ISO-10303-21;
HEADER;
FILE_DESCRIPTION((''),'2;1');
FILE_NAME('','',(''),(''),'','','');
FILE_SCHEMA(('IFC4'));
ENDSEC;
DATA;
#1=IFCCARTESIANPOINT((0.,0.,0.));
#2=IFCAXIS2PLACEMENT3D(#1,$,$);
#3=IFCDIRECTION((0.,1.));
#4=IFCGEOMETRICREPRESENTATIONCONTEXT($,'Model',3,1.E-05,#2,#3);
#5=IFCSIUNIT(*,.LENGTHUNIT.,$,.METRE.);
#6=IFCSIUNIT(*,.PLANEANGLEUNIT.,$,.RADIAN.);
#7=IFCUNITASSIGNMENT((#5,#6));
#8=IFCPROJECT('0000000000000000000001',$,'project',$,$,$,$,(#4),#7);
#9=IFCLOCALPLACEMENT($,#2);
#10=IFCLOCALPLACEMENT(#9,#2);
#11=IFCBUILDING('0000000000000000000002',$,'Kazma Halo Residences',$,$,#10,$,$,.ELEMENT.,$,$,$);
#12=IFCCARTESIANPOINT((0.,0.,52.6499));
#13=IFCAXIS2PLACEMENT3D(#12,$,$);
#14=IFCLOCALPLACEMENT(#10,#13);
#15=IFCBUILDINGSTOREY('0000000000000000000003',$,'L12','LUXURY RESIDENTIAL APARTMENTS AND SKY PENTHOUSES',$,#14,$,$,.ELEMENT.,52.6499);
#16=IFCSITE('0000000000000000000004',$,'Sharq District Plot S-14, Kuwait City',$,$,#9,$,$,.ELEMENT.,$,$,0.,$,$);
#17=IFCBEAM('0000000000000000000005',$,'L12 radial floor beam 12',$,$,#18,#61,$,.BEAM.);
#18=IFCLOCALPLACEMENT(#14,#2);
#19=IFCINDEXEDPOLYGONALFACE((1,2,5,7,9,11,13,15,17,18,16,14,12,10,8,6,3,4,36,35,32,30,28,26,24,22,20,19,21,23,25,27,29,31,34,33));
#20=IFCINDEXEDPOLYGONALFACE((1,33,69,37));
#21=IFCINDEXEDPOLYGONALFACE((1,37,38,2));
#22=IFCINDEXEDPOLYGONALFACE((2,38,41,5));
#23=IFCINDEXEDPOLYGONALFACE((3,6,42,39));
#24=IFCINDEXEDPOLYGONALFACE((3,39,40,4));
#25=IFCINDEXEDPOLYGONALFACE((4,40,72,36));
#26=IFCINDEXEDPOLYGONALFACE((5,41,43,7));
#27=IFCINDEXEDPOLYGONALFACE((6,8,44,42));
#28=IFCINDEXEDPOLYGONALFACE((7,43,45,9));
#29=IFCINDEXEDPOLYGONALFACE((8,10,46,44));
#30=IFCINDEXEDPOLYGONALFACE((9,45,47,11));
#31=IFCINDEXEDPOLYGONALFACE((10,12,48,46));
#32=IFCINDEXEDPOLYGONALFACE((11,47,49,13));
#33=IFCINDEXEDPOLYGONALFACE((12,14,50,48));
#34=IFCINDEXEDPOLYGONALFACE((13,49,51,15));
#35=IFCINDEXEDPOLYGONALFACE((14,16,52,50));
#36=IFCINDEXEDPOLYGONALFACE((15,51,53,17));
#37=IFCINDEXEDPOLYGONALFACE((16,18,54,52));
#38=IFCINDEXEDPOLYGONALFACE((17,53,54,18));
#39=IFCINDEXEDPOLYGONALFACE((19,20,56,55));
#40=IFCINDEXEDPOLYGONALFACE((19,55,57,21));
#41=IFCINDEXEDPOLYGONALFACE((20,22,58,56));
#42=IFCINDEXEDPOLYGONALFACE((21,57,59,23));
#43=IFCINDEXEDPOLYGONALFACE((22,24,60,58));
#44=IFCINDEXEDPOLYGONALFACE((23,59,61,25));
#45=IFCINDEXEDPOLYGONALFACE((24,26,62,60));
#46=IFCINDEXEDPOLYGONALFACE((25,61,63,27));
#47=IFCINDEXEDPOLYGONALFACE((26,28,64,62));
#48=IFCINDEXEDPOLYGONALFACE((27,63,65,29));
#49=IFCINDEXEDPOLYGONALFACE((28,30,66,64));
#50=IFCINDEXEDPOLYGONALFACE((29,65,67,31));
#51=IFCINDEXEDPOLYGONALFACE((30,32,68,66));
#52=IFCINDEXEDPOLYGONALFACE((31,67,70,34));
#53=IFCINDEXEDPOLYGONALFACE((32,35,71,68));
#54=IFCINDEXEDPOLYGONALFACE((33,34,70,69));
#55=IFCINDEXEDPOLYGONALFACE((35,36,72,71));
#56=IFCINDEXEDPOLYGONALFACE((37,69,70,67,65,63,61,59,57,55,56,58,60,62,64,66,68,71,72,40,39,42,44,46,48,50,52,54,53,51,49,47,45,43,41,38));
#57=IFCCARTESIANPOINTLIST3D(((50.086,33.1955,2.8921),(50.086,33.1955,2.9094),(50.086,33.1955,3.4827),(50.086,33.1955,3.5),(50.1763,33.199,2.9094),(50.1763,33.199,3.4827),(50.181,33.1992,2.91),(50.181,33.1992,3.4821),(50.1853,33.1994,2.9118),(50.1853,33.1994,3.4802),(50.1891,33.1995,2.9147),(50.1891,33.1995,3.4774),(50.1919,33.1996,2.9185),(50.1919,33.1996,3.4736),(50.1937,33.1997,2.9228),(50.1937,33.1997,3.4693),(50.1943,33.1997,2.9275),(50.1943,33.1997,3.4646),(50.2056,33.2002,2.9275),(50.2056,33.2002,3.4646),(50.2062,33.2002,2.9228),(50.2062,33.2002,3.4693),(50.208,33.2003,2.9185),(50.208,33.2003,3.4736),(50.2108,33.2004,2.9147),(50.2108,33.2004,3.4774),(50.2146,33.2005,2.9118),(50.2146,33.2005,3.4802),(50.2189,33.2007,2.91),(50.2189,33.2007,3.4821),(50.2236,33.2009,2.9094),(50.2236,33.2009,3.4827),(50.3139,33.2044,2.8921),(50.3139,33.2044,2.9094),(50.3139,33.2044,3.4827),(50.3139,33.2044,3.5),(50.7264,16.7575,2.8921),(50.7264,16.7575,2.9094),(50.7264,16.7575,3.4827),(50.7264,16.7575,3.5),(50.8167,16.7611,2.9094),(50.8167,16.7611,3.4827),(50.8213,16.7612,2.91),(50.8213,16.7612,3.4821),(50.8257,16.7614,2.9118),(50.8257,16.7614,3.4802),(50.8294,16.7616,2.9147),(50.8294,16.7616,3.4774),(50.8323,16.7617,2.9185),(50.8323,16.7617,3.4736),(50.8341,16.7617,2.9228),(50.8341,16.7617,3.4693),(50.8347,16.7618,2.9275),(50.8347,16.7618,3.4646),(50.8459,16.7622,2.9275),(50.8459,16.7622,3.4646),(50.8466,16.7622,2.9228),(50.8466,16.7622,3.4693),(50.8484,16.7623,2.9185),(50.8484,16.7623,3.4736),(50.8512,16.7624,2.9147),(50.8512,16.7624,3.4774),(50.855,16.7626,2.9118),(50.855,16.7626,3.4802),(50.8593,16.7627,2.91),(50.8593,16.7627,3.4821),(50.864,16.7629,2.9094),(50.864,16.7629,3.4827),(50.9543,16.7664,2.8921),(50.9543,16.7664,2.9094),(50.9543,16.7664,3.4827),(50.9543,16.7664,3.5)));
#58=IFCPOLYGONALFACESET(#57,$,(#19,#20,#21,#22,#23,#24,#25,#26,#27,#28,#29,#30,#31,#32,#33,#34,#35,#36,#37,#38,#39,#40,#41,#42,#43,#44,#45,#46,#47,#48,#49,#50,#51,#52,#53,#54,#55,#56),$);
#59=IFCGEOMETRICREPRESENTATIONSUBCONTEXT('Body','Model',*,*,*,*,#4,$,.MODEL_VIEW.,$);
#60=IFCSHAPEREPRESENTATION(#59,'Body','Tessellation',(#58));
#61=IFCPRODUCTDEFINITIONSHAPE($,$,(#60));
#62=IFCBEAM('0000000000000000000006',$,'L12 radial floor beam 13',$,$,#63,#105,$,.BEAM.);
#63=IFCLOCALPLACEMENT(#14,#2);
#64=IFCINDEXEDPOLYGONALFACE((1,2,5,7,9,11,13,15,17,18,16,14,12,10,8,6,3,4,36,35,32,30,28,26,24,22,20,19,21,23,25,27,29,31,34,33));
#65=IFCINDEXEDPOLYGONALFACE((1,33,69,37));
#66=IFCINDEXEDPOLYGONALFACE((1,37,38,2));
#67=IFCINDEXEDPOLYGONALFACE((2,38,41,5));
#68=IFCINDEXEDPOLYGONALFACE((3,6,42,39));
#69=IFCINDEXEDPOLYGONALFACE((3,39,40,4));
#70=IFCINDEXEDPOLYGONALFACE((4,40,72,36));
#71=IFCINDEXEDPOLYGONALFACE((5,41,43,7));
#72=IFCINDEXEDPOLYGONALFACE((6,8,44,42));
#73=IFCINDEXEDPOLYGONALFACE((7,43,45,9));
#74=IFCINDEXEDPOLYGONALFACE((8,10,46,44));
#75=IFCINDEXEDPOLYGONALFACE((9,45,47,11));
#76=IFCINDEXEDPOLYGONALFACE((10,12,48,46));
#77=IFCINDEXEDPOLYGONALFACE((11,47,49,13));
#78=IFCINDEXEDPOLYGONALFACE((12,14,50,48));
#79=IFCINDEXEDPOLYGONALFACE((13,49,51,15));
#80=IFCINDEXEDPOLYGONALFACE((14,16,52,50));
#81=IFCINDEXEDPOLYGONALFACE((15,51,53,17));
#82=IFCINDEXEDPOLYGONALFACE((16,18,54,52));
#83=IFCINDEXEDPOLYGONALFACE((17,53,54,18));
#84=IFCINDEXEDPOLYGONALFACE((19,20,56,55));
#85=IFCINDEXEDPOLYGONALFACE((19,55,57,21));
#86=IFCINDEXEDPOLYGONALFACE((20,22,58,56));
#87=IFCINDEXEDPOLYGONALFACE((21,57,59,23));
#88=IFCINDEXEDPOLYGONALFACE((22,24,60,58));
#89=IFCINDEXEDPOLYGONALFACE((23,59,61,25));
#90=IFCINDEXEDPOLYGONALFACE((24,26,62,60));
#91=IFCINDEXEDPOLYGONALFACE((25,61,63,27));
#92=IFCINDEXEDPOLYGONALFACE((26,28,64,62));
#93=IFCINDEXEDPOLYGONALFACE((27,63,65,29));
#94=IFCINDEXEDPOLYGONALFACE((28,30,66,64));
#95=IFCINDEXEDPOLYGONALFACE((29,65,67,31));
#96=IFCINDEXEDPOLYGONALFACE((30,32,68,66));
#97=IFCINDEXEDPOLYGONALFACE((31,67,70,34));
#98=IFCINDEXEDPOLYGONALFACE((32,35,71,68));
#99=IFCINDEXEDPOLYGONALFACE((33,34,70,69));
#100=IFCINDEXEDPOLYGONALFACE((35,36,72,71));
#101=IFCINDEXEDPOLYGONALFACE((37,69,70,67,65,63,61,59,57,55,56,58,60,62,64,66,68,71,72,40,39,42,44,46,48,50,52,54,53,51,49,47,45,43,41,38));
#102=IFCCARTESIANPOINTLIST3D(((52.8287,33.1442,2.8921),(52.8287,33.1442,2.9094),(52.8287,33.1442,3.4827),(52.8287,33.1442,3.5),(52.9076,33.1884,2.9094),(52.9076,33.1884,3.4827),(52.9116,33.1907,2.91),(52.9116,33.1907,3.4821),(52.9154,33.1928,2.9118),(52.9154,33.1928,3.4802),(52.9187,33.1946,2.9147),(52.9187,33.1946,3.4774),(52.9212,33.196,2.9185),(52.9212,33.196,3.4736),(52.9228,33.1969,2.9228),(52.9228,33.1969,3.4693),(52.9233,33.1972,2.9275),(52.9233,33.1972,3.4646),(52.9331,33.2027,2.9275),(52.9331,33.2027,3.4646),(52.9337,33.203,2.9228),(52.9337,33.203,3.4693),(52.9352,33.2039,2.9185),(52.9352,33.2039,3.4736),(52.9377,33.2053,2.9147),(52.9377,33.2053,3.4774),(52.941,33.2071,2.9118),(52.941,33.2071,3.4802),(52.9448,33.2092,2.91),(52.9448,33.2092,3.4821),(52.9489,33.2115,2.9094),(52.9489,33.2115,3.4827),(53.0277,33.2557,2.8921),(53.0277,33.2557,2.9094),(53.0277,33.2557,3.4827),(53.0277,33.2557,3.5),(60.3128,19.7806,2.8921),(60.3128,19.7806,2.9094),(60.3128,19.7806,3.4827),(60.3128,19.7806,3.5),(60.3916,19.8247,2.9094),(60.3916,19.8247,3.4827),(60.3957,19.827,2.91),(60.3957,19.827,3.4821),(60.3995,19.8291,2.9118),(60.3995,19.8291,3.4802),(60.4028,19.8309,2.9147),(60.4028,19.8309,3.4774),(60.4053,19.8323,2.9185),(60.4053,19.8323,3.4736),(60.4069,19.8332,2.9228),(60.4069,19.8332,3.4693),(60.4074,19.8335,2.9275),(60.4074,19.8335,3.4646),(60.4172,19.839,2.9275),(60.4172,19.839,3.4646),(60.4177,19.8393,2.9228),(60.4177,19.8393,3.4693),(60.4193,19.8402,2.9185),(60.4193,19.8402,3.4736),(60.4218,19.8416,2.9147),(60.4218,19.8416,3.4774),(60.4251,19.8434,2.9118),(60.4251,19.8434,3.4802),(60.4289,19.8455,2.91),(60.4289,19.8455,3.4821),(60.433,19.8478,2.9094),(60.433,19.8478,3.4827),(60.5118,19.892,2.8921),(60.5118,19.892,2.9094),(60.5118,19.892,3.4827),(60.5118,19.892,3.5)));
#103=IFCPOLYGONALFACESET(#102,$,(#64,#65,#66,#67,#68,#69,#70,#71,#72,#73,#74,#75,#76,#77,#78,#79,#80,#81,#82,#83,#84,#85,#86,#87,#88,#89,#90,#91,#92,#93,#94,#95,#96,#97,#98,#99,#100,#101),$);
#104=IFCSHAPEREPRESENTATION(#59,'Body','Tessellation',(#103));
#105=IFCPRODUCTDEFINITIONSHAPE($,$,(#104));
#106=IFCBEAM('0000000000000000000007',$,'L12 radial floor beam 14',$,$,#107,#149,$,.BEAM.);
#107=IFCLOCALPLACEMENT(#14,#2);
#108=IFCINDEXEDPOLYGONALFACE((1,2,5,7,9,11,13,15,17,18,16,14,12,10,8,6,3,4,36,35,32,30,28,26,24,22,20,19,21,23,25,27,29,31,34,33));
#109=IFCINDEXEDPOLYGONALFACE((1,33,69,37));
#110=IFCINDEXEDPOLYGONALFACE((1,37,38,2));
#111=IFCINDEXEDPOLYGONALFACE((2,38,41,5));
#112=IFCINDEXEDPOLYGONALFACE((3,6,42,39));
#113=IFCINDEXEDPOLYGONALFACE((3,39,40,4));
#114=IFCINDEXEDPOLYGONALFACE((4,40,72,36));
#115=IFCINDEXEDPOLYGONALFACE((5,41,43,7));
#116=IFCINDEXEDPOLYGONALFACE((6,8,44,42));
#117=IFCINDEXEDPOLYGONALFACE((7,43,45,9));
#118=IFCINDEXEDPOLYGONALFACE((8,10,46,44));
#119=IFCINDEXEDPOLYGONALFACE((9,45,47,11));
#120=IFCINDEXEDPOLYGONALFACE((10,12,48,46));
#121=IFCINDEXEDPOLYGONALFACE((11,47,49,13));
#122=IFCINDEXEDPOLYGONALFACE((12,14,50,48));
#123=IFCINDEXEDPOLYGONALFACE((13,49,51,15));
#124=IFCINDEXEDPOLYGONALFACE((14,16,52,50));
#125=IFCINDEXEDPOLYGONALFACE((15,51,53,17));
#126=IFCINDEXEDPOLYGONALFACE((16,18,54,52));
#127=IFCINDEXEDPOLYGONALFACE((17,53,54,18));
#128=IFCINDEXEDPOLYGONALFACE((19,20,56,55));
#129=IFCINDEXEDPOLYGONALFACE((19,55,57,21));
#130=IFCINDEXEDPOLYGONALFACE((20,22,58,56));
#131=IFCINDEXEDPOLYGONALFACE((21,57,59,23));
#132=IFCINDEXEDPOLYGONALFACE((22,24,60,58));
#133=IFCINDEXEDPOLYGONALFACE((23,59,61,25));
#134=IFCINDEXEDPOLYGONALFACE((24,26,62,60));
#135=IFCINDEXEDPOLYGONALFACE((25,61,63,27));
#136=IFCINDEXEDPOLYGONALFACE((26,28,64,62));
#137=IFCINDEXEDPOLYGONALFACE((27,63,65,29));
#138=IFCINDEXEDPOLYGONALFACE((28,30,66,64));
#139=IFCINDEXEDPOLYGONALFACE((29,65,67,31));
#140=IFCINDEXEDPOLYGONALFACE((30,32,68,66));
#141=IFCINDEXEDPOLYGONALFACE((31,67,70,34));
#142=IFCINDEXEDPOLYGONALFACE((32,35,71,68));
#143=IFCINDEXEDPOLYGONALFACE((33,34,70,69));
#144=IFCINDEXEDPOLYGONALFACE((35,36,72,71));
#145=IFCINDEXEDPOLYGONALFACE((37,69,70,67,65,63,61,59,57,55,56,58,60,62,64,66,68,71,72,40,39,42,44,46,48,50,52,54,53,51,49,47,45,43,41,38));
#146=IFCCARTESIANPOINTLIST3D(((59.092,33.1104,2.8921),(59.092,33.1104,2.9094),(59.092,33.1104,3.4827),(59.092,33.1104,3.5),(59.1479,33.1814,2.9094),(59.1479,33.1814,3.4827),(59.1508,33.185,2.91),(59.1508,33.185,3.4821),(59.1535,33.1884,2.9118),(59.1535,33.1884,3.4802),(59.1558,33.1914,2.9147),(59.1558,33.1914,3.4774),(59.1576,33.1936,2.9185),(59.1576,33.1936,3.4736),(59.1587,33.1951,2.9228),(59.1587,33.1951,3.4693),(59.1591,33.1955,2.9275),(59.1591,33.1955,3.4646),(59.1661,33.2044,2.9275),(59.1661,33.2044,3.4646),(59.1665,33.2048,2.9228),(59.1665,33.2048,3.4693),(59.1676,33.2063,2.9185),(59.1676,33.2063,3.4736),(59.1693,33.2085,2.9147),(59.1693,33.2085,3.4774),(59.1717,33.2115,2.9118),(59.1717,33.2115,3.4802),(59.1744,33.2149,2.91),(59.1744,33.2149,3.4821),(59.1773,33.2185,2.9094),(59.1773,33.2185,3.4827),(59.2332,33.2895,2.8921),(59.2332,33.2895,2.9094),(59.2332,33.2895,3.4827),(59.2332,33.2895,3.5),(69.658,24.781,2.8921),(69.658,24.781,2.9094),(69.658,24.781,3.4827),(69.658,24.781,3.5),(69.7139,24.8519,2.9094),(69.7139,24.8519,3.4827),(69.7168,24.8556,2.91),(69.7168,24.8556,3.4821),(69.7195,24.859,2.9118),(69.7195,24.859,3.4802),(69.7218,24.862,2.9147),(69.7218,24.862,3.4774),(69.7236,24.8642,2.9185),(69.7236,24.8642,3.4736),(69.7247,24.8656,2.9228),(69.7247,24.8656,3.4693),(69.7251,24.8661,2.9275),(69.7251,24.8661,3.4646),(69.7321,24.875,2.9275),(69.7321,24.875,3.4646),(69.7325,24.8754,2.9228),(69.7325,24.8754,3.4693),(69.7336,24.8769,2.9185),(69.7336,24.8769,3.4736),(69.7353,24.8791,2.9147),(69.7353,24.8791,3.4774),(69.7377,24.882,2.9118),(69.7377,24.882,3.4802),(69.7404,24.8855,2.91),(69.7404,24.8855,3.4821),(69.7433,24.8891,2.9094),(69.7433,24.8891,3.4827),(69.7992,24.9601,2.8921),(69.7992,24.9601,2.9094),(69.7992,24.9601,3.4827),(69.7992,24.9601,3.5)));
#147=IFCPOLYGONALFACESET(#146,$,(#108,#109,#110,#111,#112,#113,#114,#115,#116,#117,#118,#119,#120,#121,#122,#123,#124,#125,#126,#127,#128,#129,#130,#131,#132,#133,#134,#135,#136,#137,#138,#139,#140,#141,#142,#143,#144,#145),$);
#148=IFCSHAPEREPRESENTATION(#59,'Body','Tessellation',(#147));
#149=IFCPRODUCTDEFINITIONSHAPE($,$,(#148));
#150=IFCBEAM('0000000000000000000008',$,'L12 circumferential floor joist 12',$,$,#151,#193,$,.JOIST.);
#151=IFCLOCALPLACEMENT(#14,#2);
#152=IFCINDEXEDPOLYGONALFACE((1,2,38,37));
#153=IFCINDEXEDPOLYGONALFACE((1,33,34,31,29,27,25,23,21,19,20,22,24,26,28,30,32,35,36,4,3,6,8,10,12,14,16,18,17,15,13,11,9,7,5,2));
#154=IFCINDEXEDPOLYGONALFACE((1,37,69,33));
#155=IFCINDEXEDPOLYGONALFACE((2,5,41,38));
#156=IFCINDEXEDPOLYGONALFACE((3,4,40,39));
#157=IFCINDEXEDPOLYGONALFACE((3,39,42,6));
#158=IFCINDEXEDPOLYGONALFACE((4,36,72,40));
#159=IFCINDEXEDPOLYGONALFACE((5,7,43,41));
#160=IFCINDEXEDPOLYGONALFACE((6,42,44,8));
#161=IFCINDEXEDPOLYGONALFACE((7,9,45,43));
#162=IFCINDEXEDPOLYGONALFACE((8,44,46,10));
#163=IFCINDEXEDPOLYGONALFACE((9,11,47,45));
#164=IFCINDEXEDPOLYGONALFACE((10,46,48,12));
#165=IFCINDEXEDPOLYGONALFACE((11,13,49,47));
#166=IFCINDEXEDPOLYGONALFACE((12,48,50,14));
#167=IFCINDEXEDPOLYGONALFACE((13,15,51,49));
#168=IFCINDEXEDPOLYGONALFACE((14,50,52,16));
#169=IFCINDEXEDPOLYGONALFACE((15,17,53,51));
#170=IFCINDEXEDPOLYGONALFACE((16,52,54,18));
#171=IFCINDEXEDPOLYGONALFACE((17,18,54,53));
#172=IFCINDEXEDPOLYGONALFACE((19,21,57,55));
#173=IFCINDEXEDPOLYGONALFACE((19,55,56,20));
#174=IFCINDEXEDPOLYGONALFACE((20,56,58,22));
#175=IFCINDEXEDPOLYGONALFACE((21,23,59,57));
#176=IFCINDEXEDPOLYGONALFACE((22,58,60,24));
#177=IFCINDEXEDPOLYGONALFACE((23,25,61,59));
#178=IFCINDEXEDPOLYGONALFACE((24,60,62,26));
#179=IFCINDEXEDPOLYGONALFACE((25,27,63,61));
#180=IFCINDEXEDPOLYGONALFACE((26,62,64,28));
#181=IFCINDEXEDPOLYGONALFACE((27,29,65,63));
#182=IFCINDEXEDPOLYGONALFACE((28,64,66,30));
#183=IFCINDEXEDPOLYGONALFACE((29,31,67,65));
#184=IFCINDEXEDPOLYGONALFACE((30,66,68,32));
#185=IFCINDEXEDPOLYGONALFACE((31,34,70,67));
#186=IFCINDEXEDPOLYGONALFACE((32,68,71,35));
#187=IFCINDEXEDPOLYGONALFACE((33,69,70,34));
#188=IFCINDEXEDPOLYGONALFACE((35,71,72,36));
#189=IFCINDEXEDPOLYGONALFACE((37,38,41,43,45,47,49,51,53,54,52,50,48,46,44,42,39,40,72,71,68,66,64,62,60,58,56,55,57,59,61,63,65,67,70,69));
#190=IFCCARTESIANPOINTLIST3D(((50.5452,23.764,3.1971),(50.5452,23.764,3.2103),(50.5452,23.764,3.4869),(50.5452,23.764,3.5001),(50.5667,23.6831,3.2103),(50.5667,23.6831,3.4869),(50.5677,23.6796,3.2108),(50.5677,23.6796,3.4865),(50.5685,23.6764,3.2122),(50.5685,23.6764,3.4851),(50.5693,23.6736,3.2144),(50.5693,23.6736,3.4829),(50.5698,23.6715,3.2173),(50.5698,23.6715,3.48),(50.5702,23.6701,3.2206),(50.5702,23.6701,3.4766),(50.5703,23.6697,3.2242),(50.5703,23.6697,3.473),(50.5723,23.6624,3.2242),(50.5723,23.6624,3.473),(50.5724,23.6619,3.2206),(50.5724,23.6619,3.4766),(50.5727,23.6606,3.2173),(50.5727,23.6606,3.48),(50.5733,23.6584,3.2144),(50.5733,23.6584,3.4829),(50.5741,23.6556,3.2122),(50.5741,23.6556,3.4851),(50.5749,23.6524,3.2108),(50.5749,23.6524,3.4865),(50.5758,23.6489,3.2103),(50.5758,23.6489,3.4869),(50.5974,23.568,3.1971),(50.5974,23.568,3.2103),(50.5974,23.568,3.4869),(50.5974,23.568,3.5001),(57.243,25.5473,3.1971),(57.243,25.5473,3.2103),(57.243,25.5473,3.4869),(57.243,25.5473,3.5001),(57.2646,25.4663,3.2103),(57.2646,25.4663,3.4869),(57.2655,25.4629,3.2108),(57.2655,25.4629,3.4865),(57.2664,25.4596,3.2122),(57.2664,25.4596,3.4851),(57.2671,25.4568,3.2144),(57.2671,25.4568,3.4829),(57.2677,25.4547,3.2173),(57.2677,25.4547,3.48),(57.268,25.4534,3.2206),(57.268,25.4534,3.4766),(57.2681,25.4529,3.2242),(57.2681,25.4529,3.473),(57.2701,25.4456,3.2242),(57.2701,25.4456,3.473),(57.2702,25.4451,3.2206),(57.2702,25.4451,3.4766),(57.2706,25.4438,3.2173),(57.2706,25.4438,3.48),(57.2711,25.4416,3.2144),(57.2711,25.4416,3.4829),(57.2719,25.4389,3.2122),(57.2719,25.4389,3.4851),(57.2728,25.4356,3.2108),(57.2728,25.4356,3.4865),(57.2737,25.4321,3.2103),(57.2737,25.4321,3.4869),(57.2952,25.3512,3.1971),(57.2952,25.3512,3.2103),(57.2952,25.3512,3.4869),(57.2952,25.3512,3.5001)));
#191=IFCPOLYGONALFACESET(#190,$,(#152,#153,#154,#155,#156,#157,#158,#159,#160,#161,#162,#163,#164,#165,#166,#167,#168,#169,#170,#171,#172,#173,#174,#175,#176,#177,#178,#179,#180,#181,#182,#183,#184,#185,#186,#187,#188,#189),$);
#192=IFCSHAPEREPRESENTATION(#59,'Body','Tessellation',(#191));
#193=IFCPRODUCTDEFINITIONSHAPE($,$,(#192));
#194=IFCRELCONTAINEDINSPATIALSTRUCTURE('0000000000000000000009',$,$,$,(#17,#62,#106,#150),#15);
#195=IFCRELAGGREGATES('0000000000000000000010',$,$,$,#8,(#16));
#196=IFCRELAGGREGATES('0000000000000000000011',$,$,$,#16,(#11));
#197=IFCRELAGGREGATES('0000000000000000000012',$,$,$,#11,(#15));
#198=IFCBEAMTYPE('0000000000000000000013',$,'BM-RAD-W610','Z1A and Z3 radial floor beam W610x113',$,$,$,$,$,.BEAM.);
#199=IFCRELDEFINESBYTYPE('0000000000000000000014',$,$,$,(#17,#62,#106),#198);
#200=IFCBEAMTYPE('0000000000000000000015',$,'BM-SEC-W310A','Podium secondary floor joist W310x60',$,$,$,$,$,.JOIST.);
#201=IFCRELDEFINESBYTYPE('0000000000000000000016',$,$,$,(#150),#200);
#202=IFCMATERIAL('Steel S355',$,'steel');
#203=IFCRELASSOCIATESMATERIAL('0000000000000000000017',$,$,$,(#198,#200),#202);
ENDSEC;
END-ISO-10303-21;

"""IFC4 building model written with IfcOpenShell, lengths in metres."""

from ifc_helpers import new_model, si_unit, direction, frame, origin, origin_2d, place, context, subcontext, project, spatial, i_section, extrude, material, material_profile, profile_set, type_object, element, save


model = new_model("IFC4")

# Units and contexts
model_context = context("Model", 3, precision=1e-05, world=origin(), true_north=direction((0.0, 1.0)))
body_context = subcontext(model_context, "Body", "Model", "MODEL_VIEW")
ifc_project = project(units=[si_unit("LENGTHUNIT", "METRE"), si_unit("PLANEANGLEUNIT", "RADIAN")], contexts=[model_context])

# Site, building, storey
site_placement = place(None, origin())
site = spatial("IfcSite", under=ifc_project, at=site_placement, Name="Sharq District Plot S-14, Kuwait City", CompositionType="ELEMENT", RefElevation=0.0)
building_placement = place(site_placement, origin())
building = spatial("IfcBuilding", under=site, at=building_placement, Name="Kazma Halo Residences", CompositionType="ELEMENT")
storey_placement = place(building_placement, frame((0.0, 0.0, 52.6499)))
storey = spatial("IfcBuildingStorey", under=building, at=storey_placement, Name="L12", Description="LUXURY RESIDENTIAL APARTMENTS AND SKY PENTHOUSES", CompositionType="ELEMENT", Elevation=52.6499)

# Beams
ifc_material_1 = material(Name="Steel S355", Category="steel")
ifc_material_profile_1 = material_profile(ifc_material_1, i_section(OverallWidth=0.228, OverallDepth=0.6079, WebThickness=0.0112, FlangeThickness=0.0173, FilletRadius=0.0181, at=origin_2d()), Name="W610x113")
ifc_profile_set_1 = profile_set([ifc_material_profile_1], Name="Steel S355")
beam_type_1 = type_object("IfcBeamType", Name="BM-RAD-W610", Description="Z1A and Z3 radial floor beam W610x113", PredefinedType="BEAM", material=ifc_profile_set_1)
beam_1_placement = place(storey_placement, frame((50.2, 33.2, 3.196), z_axis=(0.038928, -0.999242, 0.0), x_axis=(0.999242, 0.038928, 0.0)))
element("IfcBeam", 1, at=beam_1_placement, inside=storey, type_object=beam_type_1, Name="L12 radial floor beam 12", PredefinedType="BEAM", context=body_context, shape_type="SweptSolid", body=[
    extrude(i_section(OverallWidth=0.228, OverallDepth=0.6079, WebThickness=0.0112, FlangeThickness=0.0173, FilletRadius=0.0181, at=origin_2d()), origin(), (0.0, 0.0, 1.0), 16.4504),
])
beam_2_placement = place(storey_placement, frame((52.9282, 33.2, 3.196), z_axis=(0.488624, -0.872494, 0.0), x_axis=(0.872494, 0.488624, 0.0)))
element("IfcBeam", 2, at=beam_2_placement, inside=storey, type_object=beam_type_1, Name="L12 radial floor beam 13", PredefinedType="BEAM", context=body_context, shape_type="SweptSolid", body=[
    extrude(i_section(OverallWidth=0.228, OverallDepth=0.6079, WebThickness=0.0112, FlangeThickness=0.0173, FilletRadius=0.0181, at=origin_2d()), origin(), (0.0, 0.0, 1.0), 15.3167),
])
beam_3_placement = place(storey_placement, frame((59.1626, 33.2, 3.196), z_axis=(0.785322, -0.619087, 0.0), x_axis=(0.619087, 0.785322, 0.0)))
element("IfcBeam", 3, at=beam_3_placement, inside=storey, type_object=beam_type_1, Name="L12 radial floor beam 14", PredefinedType="BEAM", context=body_context, shape_type="SweptSolid", body=[
    extrude(i_section(OverallWidth=0.228, OverallDepth=0.6079, WebThickness=0.0112, FlangeThickness=0.0173, FilletRadius=0.0181, at=origin_2d()), origin(), (0.0, 0.0, 1.0), 13.4543),
])
ifc_material_profile_2 = material_profile(ifc_material_1, i_section(OverallWidth=0.2029, OverallDepth=0.303, WebThickness=0.0076, FlangeThickness=0.0132, FilletRadius=0.0139, at=origin_2d()), Name="W310x60")
ifc_profile_set_2 = profile_set([ifc_material_profile_2], Name="Steel S355")
beam_type_2 = type_object("IfcBeamType", Name="BM-SEC-W310A", Description="Podium secondary floor joist W310x60", PredefinedType="JOIST", material=ifc_profile_set_2)
beam_4_placement = place(storey_placement, frame((50.5713, 23.666, 3.3486), z_axis=(0.966338, 0.257277, 0.0), x_axis=(-0.257277, 0.966338, 0.0)))
element("IfcBeam", 4, at=beam_4_placement, inside=storey, type_object=beam_type_2, Name="L12 circumferential floor joist 12", PredefinedType="JOIST", context=body_context, shape_type="SweptSolid", body=[
    extrude(i_section(OverallWidth=0.2029, OverallDepth=0.303, WebThickness=0.0076, FlangeThickness=0.0132, FilletRadius=0.0139, at=origin_2d()), origin(), (0.0, 0.0, 1.0), 6.9312),
])

save(model, "model.ifc")
